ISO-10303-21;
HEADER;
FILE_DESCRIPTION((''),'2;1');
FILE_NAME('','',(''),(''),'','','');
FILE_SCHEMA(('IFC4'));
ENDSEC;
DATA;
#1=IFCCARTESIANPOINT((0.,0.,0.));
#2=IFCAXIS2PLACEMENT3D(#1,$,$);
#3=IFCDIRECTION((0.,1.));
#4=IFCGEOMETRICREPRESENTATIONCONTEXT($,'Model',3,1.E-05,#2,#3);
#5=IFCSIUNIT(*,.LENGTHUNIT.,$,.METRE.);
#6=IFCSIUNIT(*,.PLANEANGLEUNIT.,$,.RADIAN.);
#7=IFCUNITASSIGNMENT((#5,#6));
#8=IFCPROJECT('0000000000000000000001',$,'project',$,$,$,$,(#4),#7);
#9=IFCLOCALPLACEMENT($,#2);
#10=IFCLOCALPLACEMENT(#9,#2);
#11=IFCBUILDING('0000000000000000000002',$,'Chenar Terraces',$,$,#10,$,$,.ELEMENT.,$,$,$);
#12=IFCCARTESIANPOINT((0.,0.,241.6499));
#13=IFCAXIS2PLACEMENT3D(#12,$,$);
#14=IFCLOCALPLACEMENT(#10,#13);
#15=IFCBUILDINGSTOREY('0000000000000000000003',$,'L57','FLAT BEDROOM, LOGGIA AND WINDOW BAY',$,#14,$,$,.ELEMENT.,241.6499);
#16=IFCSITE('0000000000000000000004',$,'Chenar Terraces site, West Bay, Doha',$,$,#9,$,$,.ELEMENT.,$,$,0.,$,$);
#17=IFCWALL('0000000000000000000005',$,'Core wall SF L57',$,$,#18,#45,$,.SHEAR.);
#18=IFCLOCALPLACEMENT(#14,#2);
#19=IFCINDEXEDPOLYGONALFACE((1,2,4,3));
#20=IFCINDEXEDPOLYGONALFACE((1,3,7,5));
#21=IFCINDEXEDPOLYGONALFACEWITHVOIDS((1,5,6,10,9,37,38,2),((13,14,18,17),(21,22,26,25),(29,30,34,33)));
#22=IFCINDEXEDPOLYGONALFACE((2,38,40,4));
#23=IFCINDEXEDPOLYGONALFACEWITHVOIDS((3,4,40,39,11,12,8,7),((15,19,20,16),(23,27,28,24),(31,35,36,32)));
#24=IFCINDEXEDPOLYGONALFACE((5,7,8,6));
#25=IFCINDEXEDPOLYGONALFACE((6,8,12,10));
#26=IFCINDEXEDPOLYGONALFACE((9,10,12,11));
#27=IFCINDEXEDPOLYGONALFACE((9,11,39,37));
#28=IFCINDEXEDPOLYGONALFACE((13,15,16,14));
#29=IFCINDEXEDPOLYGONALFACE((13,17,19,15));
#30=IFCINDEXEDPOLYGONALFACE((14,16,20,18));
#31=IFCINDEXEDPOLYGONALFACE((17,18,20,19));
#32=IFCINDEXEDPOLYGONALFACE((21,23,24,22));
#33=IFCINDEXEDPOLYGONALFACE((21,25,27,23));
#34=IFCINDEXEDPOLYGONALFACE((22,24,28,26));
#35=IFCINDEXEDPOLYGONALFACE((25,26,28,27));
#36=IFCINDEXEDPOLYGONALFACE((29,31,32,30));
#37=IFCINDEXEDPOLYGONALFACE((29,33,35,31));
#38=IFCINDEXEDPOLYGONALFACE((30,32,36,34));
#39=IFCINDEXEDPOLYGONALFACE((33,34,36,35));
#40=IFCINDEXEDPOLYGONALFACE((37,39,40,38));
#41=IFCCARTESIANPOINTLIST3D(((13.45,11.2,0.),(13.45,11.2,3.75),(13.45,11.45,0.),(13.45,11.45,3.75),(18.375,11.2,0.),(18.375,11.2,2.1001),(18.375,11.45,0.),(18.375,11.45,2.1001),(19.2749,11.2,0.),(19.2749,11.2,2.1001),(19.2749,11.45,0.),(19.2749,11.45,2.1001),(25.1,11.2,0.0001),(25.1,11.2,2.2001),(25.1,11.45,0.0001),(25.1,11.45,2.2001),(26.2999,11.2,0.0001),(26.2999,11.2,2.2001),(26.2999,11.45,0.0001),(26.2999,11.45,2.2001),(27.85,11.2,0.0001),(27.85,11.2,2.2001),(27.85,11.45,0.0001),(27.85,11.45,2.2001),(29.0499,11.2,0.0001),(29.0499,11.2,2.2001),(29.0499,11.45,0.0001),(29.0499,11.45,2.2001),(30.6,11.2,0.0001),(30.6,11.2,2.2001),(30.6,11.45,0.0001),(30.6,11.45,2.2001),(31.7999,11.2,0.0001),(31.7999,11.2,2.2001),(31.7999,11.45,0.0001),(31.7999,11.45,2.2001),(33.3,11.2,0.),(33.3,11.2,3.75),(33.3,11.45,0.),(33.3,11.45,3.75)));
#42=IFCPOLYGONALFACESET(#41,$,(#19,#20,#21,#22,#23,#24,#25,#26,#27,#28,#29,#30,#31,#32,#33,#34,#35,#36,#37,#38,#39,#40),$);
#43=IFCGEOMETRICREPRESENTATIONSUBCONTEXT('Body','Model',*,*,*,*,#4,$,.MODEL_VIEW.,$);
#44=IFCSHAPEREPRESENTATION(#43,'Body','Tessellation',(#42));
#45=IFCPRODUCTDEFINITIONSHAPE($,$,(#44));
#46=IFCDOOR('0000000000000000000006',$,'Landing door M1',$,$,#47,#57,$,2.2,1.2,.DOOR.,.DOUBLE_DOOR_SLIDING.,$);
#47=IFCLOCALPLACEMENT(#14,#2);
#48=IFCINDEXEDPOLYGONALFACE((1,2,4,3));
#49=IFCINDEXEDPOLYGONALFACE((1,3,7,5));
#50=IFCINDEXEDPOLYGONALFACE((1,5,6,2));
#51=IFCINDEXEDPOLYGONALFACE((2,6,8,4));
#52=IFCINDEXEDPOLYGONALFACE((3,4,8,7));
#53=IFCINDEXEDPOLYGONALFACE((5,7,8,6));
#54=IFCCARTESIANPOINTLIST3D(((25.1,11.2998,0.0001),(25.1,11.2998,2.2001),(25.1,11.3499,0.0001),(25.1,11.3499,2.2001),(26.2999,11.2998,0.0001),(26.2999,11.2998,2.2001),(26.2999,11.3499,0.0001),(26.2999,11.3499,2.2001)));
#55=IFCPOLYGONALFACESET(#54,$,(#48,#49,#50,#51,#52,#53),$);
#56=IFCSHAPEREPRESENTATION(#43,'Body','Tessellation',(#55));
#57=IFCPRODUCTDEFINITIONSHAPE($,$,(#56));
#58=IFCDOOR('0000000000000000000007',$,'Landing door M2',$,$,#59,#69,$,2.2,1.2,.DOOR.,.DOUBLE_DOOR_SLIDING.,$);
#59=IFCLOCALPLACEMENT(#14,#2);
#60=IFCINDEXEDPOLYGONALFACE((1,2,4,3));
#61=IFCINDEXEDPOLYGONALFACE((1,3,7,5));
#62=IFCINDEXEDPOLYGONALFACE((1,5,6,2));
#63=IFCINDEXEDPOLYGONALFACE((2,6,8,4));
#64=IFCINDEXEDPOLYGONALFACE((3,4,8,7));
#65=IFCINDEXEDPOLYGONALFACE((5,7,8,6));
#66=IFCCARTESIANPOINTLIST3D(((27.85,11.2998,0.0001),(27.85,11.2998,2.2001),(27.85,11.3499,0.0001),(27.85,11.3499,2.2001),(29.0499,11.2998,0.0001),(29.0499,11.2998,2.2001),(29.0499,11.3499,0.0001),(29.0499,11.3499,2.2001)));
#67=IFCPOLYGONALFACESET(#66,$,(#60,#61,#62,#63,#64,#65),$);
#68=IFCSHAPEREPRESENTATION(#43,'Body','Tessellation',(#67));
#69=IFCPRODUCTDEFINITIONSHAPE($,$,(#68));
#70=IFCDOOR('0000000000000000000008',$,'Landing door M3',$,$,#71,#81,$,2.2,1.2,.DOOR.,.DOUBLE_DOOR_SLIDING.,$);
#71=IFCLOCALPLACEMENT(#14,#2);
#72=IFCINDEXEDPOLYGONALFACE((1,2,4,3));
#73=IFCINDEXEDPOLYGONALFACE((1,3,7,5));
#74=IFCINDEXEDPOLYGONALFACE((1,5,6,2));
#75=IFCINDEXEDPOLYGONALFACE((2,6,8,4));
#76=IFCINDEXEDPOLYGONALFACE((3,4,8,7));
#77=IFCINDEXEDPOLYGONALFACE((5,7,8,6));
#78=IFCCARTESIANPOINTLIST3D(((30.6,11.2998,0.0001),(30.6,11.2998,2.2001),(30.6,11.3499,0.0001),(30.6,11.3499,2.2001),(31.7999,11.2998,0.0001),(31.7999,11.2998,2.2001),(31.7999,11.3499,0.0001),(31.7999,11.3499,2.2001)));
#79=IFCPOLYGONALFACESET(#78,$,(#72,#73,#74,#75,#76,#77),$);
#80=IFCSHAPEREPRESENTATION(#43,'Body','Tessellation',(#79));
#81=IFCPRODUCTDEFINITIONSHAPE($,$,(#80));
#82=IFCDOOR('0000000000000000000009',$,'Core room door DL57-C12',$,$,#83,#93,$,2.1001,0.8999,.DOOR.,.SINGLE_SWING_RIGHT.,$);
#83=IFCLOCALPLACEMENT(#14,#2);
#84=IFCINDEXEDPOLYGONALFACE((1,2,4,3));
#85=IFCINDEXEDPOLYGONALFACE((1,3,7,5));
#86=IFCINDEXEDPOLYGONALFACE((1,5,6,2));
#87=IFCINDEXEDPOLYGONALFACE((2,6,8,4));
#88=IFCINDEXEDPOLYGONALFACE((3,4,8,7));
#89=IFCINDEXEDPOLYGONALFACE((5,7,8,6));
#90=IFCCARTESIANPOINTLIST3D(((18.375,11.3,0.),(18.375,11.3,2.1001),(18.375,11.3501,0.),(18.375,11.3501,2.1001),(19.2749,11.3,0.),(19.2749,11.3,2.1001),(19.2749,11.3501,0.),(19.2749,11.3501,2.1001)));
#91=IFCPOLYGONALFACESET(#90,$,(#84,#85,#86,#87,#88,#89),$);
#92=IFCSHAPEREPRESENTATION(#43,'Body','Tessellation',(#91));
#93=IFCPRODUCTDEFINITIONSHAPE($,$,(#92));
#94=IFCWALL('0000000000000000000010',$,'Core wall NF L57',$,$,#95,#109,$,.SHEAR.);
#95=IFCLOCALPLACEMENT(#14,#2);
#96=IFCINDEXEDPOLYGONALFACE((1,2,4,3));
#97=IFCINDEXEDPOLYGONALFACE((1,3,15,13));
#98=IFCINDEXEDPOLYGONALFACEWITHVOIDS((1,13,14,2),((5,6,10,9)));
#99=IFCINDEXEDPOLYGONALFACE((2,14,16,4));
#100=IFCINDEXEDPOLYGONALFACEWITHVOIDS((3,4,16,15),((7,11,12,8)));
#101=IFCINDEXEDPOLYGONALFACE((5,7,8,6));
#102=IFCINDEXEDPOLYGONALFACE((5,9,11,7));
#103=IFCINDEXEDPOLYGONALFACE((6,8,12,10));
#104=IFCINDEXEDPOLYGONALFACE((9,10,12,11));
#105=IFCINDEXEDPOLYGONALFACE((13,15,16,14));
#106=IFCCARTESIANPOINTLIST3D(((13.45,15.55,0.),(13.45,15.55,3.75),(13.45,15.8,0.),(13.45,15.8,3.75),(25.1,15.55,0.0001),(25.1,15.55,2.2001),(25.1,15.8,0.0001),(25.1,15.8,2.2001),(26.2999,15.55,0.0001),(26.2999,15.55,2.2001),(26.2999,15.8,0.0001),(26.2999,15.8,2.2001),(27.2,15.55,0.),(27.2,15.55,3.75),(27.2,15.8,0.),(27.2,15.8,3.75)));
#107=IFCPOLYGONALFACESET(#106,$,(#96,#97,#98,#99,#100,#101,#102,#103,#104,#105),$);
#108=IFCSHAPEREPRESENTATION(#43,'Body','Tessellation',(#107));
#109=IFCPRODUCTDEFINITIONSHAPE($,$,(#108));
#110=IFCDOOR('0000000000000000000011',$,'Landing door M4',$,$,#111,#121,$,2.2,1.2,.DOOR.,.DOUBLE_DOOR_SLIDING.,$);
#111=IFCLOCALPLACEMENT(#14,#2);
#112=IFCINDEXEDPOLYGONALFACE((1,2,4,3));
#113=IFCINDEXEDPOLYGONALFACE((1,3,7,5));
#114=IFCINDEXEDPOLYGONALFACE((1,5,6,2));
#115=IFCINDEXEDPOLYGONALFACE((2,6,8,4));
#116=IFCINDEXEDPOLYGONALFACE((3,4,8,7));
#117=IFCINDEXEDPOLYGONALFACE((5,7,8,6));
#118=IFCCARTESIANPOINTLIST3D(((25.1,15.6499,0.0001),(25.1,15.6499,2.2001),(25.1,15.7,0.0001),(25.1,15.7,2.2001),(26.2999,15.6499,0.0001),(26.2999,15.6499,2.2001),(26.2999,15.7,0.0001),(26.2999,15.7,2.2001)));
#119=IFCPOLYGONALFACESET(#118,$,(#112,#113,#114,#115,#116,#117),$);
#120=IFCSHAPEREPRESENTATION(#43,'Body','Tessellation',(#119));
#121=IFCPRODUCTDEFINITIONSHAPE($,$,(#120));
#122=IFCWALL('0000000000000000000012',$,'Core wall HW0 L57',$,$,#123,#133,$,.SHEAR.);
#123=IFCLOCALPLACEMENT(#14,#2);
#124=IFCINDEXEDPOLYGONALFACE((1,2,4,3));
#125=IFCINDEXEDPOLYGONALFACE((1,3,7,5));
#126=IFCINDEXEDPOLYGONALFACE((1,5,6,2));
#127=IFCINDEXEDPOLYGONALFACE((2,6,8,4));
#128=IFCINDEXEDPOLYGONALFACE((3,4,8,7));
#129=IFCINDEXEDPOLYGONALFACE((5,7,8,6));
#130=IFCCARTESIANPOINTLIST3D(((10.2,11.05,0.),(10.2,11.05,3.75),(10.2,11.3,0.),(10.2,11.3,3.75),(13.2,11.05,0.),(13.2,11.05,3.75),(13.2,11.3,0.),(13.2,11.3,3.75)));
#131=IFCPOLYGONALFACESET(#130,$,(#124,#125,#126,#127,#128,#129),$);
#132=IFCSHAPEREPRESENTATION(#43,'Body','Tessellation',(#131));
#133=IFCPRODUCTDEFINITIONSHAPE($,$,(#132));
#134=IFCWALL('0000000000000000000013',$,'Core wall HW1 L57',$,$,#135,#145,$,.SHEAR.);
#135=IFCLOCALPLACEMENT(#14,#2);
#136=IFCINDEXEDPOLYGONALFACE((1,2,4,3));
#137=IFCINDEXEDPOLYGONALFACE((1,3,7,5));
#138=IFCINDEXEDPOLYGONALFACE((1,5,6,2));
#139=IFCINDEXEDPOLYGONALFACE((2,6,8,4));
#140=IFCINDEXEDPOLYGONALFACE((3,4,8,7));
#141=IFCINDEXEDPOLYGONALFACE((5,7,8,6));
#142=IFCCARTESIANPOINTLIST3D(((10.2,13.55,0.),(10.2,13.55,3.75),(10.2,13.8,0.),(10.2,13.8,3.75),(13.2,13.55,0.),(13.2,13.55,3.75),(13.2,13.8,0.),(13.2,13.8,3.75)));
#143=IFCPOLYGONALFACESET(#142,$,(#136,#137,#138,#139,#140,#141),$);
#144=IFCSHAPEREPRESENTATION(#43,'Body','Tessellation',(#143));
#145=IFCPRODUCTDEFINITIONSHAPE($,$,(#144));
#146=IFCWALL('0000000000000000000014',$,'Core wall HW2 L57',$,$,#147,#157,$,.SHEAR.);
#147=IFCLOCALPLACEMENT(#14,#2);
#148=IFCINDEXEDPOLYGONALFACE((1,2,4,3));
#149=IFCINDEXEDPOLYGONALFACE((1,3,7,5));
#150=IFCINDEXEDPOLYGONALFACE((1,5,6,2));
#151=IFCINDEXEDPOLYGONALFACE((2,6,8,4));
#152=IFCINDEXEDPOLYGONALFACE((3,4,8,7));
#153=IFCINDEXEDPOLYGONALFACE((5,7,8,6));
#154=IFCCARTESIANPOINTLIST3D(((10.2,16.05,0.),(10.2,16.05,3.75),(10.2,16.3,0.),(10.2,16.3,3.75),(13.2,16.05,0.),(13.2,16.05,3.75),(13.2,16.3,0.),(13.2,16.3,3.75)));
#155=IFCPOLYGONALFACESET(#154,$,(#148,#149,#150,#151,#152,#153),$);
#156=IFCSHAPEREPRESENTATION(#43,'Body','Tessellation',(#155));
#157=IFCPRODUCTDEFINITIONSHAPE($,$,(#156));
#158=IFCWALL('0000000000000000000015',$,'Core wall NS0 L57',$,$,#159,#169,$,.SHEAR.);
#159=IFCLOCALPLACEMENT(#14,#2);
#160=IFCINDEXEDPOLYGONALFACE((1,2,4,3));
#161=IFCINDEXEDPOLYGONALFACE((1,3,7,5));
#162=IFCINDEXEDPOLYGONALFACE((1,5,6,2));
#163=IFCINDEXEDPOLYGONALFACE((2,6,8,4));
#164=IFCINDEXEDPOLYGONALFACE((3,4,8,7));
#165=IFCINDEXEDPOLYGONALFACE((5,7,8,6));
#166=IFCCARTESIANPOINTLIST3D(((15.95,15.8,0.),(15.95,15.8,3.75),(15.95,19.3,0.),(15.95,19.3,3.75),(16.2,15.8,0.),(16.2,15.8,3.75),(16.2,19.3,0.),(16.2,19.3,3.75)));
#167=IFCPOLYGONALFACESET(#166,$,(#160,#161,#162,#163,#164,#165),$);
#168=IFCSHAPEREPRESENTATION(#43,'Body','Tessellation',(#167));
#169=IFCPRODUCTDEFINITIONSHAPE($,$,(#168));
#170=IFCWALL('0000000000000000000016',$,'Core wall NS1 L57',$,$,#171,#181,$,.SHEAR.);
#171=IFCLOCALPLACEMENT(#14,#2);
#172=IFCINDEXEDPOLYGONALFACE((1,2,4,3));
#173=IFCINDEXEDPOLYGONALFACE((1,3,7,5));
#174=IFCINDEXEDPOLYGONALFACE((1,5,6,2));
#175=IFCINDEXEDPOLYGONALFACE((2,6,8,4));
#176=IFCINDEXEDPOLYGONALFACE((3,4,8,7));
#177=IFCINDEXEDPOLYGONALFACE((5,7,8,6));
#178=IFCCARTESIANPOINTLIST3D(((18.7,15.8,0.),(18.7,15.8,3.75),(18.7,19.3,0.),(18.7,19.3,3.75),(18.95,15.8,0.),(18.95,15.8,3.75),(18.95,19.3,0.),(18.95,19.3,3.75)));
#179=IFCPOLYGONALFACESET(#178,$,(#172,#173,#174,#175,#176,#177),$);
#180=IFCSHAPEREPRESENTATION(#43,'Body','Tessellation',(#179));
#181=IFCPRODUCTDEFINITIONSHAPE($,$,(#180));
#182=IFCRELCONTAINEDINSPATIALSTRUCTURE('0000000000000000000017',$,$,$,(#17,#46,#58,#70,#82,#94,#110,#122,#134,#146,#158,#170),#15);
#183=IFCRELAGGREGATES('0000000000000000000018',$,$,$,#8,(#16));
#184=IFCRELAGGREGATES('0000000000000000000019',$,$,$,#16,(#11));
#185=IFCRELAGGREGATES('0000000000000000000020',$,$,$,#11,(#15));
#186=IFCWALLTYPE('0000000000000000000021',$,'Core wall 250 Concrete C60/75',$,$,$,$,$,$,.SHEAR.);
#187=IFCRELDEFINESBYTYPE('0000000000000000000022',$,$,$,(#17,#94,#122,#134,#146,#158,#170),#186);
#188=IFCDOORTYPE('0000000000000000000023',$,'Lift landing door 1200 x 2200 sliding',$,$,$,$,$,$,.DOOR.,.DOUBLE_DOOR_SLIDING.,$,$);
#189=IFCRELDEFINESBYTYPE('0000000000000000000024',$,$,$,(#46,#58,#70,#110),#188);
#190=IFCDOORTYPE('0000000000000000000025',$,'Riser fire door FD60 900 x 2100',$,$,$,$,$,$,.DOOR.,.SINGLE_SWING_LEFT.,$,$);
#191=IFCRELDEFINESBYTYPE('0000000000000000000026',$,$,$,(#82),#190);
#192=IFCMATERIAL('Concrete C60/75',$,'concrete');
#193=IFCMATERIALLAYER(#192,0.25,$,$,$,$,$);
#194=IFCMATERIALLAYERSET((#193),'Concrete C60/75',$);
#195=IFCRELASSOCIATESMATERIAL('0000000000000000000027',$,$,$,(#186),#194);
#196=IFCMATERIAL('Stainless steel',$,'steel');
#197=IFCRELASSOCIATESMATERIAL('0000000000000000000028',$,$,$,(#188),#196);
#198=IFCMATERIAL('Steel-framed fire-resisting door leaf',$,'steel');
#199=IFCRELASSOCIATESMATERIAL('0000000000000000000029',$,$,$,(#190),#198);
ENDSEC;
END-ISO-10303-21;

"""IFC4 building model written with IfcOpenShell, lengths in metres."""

from ifc_helpers import new_model, si_unit, direction, frame, frame_2d, origin, place, context, subcontext, project, spatial, rectangle, extrude, material, layer, layer_set, type_object, element, fill, save


model = new_model("IFC4")

# Units and contexts
model_context = context("Model", 3, precision=1e-05, world=origin(), true_north=direction((0.0, 1.0)))
body_context = subcontext(model_context, "Body", "Model", "MODEL_VIEW")
ifc_project = project(units=[si_unit("LENGTHUNIT", "METRE"), si_unit("PLANEANGLEUNIT", "RADIAN")], contexts=[model_context])

# Site, building, storey
site_placement = place(None, origin())
site = spatial("IfcSite", under=ifc_project, at=site_placement, Name="Chenar Terraces site, West Bay, Doha", CompositionType="ELEMENT", RefElevation=0.0)
building_placement = place(site_placement, origin())
building = spatial("IfcBuilding", under=site, at=building_placement, Name="Chenar Terraces", CompositionType="ELEMENT")
storey_placement = place(building_placement, frame((0.0, 0.0, 241.6499)))
storey = spatial("IfcBuildingStorey", under=building, at=storey_placement, Name="L57", Description="FLAT BEDROOM, LOGGIA AND WINDOW BAY", CompositionType="ELEMENT", Elevation=241.6499)

# Wall, openings, doors
ifc_material_1 = material(Name="Concrete C60/75", Category="concrete")
ifc_layer = layer(ifc_material_1, 0.25)
ifc_layer_set = layer_set([ifc_layer], Name="Concrete C60/75")
wall_type = type_object("IfcWallType", Name="Core wall 250 Concrete C60/75", PredefinedType="SHEAR", material=ifc_layer_set)
wall_1_placement = place(storey_placement, frame((13.45, 11.325, 0.0), z_axis=(0.0, 0.0, 1.0), x_axis=(1.0, 0.0, 0.0)))
wall_1 = element("IfcWall", 1, at=wall_1_placement, inside=storey, type_object=wall_type, Name="Core wall SF L57", PredefinedType="SHEAR", context=body_context, shape_type="SweptSolid", body=[
    extrude(rectangle(XDim=19.8501, YDim=0.25, at=frame_2d((9.925, 0.0))), origin(), (0.0, 0.0, 1.0), 3.75),
])
opening_1_placement = place(wall_1_placement, frame((11.6499, 0.0, 0.0)))
opening_1 = element("IfcOpeningElement", 2, at=opening_1_placement, cuts=wall_1, PredefinedType="OPENING", context=body_context, shape_type="SweptSolid", body=[
    extrude(rectangle(XDim=1.2, YDim=2.2, at=frame_2d((0.6001, 1.1001))), frame((0.0, 0.135, 0.0), z_axis=(0.0, -1.0, 0.0), x_axis=(1.0, 0.0, 0.0)), (0.0, 0.0, 1.0), 0.27),
])
opening_2_placement = place(wall_1_placement, frame((14.3999, 0.0, 0.0)))
opening_2 = element("IfcOpeningElement", 3, at=opening_2_placement, cuts=wall_1, PredefinedType="OPENING", context=body_context, shape_type="SweptSolid", body=[
    extrude(rectangle(XDim=1.2, YDim=2.2, at=frame_2d((0.6001, 1.1001))), frame((0.0, 0.135, 0.0), z_axis=(0.0, -1.0, 0.0), x_axis=(1.0, 0.0, 0.0)), (0.0, 0.0, 1.0), 0.27),
])
opening_3_placement = place(wall_1_placement, frame((17.1499, 0.0, 0.0)))
opening_3 = element("IfcOpeningElement", 4, at=opening_3_placement, cuts=wall_1, PredefinedType="OPENING", context=body_context, shape_type="SweptSolid", body=[
    extrude(rectangle(XDim=1.2, YDim=2.2, at=frame_2d((0.6001, 1.1001))), frame((0.0, 0.135, 0.0), z_axis=(0.0, -1.0, 0.0), x_axis=(1.0, 0.0, 0.0)), (0.0, 0.0, 1.0), 0.27),
])
opening_4_placement = place(wall_1_placement, frame((4.925, 0.0, 0.0)))
opening_4 = element("IfcOpeningElement", 5, at=opening_4_placement, cuts=wall_1, PredefinedType="OPENING", context=body_context, shape_type="SweptSolid", body=[
    extrude(rectangle(XDim=0.8999, YDim=2.1001, at=frame_2d((0.45, 1.05))), frame((0.0, 0.135, 0.0), z_axis=(0.0, -1.0, 0.0), x_axis=(1.0, 0.0, 0.0)), (0.0, 0.0, 1.0), 0.27),
])
ifc_material_2 = material(Name="Stainless steel", Category="steel")
door_type_1 = type_object("IfcDoorType", Name="Lift landing door 1200 x 2200 sliding", OperationType="DOUBLE_DOOR_SLIDING", PredefinedType="DOOR", material=ifc_material_2)
door_1_placement = place(opening_1_placement, origin())
door_1 = element("IfcDoor", 6, at=door_1_placement, inside=storey, type_object=door_type_1, Name="Landing door M1", OperationType="DOUBLE_DOOR_SLIDING", OverallHeight=2.2, OverallWidth=1.2, PredefinedType="DOOR", context=body_context, shape_type="SweptSolid", body=[
    extrude(rectangle(XDim=1.2, YDim=2.2, at=frame_2d((0.6001, 1.1001))), frame((0.0, 0.0249, 0.0), z_axis=(0.0, -1.0, 0.0), x_axis=(1.0, 0.0, 0.0)), (0.0, 0.0, 1.0), 0.05),
])
fill(opening_1, door_1)
door_2_placement = place(opening_2_placement, origin())
door_2 = element("IfcDoor", 7, at=door_2_placement, inside=storey, type_object=door_type_1, Name="Landing door M2", OperationType="DOUBLE_DOOR_SLIDING", OverallHeight=2.2, OverallWidth=1.2, PredefinedType="DOOR", context=body_context, shape_type="SweptSolid", body=[
    extrude(rectangle(XDim=1.2, YDim=2.2, at=frame_2d((0.6001, 1.1001))), frame((0.0, 0.0249, 0.0), z_axis=(0.0, -1.0, 0.0), x_axis=(1.0, 0.0, 0.0)), (0.0, 0.0, 1.0), 0.05),
])
fill(opening_2, door_2)
door_3_placement = place(opening_3_placement, origin())
door_3 = element("IfcDoor", 8, at=door_3_placement, inside=storey, type_object=door_type_1, Name="Landing door M3", OperationType="DOUBLE_DOOR_SLIDING", OverallHeight=2.2, OverallWidth=1.2, PredefinedType="DOOR", context=body_context, shape_type="SweptSolid", body=[
    extrude(rectangle(XDim=1.2, YDim=2.2, at=frame_2d((0.6001, 1.1001))), frame((0.0, 0.0249, 0.0), z_axis=(0.0, -1.0, 0.0), x_axis=(1.0, 0.0, 0.0)), (0.0, 0.0, 1.0), 0.05),
])
fill(opening_3, door_3)
ifc_material_3 = material(Name="Steel-framed fire-resisting door leaf", Category="steel")
door_type_2 = type_object("IfcDoorType", Name="Riser fire door FD60 900 x 2100", OperationType="SINGLE_SWING_LEFT", PredefinedType="DOOR", material=ifc_material_3)
door_4_placement = place(opening_4_placement, frame((0.8999, 0.0, 0.0), z_axis=(0.0, 0.0, 1.0), x_axis=(-1.0, 0.0, 0.0)))
door_4 = element("IfcDoor", 9, at=door_4_placement, inside=storey, type_object=door_type_2, Name="Core room door DL57-C12", OperationType="SINGLE_SWING_RIGHT", OverallHeight=2.1001, OverallWidth=0.8999, PredefinedType="DOOR", context=body_context, shape_type="SweptSolid", body=[
    extrude(rectangle(XDim=0.8999, YDim=2.1001, at=frame_2d((0.45, 1.05))), frame((0.0, 0.0249, 0.0), z_axis=(0.0, -1.0, 0.0), x_axis=(1.0, 0.0, 0.0)), (0.0, 0.0, 1.0), 0.05),
])
fill(opening_4, door_4)

# Wall, opening, door
wall_2_placement = place(storey_placement, frame((13.45, 15.675, 0.0), z_axis=(0.0, 0.0, 1.0), x_axis=(1.0, 0.0, 0.0)))
wall_2 = element("IfcWall", 10, at=wall_2_placement, inside=storey, type_object=wall_type, Name="Core wall NF L57", PredefinedType="SHEAR", context=body_context, shape_type="SweptSolid", body=[
    extrude(rectangle(XDim=13.75, YDim=0.25, at=frame_2d((6.875, 0.0))), origin(), (0.0, 0.0, 1.0), 3.75),
])
opening_5_placement = place(wall_2_placement, frame((11.6499, 0.0, 0.0)))
opening_5 = element("IfcOpeningElement", 11, at=opening_5_placement, cuts=wall_2, PredefinedType="OPENING", context=body_context, shape_type="SweptSolid", body=[
    extrude(rectangle(XDim=1.2, YDim=2.2, at=frame_2d((0.6001, 1.1001))), frame((0.0, 0.135, 0.0), z_axis=(0.0, -1.0, 0.0), x_axis=(1.0, 0.0, 0.0)), (0.0, 0.0, 1.0), 0.27),
])
door_5_placement = place(opening_5_placement, origin())
door_5 = element("IfcDoor", 12, at=door_5_placement, inside=storey, type_object=door_type_1, Name="Landing door M4", OperationType="DOUBLE_DOOR_SLIDING", OverallHeight=2.2, OverallWidth=1.2, PredefinedType="DOOR", context=body_context, shape_type="SweptSolid", body=[
    extrude(rectangle(XDim=1.2, YDim=2.2, at=frame_2d((0.6001, 1.1001))), frame((0.0, 0.0249, 0.0), z_axis=(0.0, -1.0, 0.0), x_axis=(1.0, 0.0, 0.0)), (0.0, 0.0, 1.0), 0.05),
])
fill(opening_5, door_5)

# Walls
for number, where, z_axis, x_axis, name in (
    (13, (10.2, 11.175, 0.0), (0.0, 0.0, 1.0), (1.0, 0.0, 0.0), "Core wall HW0 L57"),
    (14, (10.2, 13.675, 0.0), (0.0, 0.0, 1.0), (1.0, 0.0, 0.0), "Core wall HW1 L57"),
    (15, (10.2, 16.175, 0.0), (0.0, 0.0, 1.0), (1.0, 0.0, 0.0), "Core wall HW2 L57"),
):
    element("IfcWall", number, at=place(storey_placement, frame(where, z_axis=z_axis, x_axis=x_axis)), inside=storey, type_object=wall_type, Name=name, PredefinedType="SHEAR", context=body_context, shape_type="SweptSolid", body=[
        extrude(rectangle(XDim=3.0, YDim=0.25, at=frame_2d((1.5, 0.0))), origin(), (0.0, 0.0, 1.0), 3.75),
    ])
for number, where, z_axis, x_axis, name in (
    (16, (16.075, 15.8, 0.0), (0.0, 0.0, 1.0), (0.0, 1.0, 0.0), "Core wall NS0 L57"),
    (17, (18.825, 15.8, 0.0), (0.0, 0.0, 1.0), (0.0, 1.0, 0.0), "Core wall NS1 L57"),
):
    element("IfcWall", number, at=place(storey_placement, frame(where, z_axis=z_axis, x_axis=x_axis)), inside=storey, type_object=wall_type, Name=name, PredefinedType="SHEAR", context=body_context, shape_type="SweptSolid", body=[
        extrude(rectangle(XDim=3.5, YDim=0.25, at=frame_2d((1.75, 0.0))), origin(), (0.0, 0.0, 1.0), 3.75),
    ])

save(model, "model.ifc")
